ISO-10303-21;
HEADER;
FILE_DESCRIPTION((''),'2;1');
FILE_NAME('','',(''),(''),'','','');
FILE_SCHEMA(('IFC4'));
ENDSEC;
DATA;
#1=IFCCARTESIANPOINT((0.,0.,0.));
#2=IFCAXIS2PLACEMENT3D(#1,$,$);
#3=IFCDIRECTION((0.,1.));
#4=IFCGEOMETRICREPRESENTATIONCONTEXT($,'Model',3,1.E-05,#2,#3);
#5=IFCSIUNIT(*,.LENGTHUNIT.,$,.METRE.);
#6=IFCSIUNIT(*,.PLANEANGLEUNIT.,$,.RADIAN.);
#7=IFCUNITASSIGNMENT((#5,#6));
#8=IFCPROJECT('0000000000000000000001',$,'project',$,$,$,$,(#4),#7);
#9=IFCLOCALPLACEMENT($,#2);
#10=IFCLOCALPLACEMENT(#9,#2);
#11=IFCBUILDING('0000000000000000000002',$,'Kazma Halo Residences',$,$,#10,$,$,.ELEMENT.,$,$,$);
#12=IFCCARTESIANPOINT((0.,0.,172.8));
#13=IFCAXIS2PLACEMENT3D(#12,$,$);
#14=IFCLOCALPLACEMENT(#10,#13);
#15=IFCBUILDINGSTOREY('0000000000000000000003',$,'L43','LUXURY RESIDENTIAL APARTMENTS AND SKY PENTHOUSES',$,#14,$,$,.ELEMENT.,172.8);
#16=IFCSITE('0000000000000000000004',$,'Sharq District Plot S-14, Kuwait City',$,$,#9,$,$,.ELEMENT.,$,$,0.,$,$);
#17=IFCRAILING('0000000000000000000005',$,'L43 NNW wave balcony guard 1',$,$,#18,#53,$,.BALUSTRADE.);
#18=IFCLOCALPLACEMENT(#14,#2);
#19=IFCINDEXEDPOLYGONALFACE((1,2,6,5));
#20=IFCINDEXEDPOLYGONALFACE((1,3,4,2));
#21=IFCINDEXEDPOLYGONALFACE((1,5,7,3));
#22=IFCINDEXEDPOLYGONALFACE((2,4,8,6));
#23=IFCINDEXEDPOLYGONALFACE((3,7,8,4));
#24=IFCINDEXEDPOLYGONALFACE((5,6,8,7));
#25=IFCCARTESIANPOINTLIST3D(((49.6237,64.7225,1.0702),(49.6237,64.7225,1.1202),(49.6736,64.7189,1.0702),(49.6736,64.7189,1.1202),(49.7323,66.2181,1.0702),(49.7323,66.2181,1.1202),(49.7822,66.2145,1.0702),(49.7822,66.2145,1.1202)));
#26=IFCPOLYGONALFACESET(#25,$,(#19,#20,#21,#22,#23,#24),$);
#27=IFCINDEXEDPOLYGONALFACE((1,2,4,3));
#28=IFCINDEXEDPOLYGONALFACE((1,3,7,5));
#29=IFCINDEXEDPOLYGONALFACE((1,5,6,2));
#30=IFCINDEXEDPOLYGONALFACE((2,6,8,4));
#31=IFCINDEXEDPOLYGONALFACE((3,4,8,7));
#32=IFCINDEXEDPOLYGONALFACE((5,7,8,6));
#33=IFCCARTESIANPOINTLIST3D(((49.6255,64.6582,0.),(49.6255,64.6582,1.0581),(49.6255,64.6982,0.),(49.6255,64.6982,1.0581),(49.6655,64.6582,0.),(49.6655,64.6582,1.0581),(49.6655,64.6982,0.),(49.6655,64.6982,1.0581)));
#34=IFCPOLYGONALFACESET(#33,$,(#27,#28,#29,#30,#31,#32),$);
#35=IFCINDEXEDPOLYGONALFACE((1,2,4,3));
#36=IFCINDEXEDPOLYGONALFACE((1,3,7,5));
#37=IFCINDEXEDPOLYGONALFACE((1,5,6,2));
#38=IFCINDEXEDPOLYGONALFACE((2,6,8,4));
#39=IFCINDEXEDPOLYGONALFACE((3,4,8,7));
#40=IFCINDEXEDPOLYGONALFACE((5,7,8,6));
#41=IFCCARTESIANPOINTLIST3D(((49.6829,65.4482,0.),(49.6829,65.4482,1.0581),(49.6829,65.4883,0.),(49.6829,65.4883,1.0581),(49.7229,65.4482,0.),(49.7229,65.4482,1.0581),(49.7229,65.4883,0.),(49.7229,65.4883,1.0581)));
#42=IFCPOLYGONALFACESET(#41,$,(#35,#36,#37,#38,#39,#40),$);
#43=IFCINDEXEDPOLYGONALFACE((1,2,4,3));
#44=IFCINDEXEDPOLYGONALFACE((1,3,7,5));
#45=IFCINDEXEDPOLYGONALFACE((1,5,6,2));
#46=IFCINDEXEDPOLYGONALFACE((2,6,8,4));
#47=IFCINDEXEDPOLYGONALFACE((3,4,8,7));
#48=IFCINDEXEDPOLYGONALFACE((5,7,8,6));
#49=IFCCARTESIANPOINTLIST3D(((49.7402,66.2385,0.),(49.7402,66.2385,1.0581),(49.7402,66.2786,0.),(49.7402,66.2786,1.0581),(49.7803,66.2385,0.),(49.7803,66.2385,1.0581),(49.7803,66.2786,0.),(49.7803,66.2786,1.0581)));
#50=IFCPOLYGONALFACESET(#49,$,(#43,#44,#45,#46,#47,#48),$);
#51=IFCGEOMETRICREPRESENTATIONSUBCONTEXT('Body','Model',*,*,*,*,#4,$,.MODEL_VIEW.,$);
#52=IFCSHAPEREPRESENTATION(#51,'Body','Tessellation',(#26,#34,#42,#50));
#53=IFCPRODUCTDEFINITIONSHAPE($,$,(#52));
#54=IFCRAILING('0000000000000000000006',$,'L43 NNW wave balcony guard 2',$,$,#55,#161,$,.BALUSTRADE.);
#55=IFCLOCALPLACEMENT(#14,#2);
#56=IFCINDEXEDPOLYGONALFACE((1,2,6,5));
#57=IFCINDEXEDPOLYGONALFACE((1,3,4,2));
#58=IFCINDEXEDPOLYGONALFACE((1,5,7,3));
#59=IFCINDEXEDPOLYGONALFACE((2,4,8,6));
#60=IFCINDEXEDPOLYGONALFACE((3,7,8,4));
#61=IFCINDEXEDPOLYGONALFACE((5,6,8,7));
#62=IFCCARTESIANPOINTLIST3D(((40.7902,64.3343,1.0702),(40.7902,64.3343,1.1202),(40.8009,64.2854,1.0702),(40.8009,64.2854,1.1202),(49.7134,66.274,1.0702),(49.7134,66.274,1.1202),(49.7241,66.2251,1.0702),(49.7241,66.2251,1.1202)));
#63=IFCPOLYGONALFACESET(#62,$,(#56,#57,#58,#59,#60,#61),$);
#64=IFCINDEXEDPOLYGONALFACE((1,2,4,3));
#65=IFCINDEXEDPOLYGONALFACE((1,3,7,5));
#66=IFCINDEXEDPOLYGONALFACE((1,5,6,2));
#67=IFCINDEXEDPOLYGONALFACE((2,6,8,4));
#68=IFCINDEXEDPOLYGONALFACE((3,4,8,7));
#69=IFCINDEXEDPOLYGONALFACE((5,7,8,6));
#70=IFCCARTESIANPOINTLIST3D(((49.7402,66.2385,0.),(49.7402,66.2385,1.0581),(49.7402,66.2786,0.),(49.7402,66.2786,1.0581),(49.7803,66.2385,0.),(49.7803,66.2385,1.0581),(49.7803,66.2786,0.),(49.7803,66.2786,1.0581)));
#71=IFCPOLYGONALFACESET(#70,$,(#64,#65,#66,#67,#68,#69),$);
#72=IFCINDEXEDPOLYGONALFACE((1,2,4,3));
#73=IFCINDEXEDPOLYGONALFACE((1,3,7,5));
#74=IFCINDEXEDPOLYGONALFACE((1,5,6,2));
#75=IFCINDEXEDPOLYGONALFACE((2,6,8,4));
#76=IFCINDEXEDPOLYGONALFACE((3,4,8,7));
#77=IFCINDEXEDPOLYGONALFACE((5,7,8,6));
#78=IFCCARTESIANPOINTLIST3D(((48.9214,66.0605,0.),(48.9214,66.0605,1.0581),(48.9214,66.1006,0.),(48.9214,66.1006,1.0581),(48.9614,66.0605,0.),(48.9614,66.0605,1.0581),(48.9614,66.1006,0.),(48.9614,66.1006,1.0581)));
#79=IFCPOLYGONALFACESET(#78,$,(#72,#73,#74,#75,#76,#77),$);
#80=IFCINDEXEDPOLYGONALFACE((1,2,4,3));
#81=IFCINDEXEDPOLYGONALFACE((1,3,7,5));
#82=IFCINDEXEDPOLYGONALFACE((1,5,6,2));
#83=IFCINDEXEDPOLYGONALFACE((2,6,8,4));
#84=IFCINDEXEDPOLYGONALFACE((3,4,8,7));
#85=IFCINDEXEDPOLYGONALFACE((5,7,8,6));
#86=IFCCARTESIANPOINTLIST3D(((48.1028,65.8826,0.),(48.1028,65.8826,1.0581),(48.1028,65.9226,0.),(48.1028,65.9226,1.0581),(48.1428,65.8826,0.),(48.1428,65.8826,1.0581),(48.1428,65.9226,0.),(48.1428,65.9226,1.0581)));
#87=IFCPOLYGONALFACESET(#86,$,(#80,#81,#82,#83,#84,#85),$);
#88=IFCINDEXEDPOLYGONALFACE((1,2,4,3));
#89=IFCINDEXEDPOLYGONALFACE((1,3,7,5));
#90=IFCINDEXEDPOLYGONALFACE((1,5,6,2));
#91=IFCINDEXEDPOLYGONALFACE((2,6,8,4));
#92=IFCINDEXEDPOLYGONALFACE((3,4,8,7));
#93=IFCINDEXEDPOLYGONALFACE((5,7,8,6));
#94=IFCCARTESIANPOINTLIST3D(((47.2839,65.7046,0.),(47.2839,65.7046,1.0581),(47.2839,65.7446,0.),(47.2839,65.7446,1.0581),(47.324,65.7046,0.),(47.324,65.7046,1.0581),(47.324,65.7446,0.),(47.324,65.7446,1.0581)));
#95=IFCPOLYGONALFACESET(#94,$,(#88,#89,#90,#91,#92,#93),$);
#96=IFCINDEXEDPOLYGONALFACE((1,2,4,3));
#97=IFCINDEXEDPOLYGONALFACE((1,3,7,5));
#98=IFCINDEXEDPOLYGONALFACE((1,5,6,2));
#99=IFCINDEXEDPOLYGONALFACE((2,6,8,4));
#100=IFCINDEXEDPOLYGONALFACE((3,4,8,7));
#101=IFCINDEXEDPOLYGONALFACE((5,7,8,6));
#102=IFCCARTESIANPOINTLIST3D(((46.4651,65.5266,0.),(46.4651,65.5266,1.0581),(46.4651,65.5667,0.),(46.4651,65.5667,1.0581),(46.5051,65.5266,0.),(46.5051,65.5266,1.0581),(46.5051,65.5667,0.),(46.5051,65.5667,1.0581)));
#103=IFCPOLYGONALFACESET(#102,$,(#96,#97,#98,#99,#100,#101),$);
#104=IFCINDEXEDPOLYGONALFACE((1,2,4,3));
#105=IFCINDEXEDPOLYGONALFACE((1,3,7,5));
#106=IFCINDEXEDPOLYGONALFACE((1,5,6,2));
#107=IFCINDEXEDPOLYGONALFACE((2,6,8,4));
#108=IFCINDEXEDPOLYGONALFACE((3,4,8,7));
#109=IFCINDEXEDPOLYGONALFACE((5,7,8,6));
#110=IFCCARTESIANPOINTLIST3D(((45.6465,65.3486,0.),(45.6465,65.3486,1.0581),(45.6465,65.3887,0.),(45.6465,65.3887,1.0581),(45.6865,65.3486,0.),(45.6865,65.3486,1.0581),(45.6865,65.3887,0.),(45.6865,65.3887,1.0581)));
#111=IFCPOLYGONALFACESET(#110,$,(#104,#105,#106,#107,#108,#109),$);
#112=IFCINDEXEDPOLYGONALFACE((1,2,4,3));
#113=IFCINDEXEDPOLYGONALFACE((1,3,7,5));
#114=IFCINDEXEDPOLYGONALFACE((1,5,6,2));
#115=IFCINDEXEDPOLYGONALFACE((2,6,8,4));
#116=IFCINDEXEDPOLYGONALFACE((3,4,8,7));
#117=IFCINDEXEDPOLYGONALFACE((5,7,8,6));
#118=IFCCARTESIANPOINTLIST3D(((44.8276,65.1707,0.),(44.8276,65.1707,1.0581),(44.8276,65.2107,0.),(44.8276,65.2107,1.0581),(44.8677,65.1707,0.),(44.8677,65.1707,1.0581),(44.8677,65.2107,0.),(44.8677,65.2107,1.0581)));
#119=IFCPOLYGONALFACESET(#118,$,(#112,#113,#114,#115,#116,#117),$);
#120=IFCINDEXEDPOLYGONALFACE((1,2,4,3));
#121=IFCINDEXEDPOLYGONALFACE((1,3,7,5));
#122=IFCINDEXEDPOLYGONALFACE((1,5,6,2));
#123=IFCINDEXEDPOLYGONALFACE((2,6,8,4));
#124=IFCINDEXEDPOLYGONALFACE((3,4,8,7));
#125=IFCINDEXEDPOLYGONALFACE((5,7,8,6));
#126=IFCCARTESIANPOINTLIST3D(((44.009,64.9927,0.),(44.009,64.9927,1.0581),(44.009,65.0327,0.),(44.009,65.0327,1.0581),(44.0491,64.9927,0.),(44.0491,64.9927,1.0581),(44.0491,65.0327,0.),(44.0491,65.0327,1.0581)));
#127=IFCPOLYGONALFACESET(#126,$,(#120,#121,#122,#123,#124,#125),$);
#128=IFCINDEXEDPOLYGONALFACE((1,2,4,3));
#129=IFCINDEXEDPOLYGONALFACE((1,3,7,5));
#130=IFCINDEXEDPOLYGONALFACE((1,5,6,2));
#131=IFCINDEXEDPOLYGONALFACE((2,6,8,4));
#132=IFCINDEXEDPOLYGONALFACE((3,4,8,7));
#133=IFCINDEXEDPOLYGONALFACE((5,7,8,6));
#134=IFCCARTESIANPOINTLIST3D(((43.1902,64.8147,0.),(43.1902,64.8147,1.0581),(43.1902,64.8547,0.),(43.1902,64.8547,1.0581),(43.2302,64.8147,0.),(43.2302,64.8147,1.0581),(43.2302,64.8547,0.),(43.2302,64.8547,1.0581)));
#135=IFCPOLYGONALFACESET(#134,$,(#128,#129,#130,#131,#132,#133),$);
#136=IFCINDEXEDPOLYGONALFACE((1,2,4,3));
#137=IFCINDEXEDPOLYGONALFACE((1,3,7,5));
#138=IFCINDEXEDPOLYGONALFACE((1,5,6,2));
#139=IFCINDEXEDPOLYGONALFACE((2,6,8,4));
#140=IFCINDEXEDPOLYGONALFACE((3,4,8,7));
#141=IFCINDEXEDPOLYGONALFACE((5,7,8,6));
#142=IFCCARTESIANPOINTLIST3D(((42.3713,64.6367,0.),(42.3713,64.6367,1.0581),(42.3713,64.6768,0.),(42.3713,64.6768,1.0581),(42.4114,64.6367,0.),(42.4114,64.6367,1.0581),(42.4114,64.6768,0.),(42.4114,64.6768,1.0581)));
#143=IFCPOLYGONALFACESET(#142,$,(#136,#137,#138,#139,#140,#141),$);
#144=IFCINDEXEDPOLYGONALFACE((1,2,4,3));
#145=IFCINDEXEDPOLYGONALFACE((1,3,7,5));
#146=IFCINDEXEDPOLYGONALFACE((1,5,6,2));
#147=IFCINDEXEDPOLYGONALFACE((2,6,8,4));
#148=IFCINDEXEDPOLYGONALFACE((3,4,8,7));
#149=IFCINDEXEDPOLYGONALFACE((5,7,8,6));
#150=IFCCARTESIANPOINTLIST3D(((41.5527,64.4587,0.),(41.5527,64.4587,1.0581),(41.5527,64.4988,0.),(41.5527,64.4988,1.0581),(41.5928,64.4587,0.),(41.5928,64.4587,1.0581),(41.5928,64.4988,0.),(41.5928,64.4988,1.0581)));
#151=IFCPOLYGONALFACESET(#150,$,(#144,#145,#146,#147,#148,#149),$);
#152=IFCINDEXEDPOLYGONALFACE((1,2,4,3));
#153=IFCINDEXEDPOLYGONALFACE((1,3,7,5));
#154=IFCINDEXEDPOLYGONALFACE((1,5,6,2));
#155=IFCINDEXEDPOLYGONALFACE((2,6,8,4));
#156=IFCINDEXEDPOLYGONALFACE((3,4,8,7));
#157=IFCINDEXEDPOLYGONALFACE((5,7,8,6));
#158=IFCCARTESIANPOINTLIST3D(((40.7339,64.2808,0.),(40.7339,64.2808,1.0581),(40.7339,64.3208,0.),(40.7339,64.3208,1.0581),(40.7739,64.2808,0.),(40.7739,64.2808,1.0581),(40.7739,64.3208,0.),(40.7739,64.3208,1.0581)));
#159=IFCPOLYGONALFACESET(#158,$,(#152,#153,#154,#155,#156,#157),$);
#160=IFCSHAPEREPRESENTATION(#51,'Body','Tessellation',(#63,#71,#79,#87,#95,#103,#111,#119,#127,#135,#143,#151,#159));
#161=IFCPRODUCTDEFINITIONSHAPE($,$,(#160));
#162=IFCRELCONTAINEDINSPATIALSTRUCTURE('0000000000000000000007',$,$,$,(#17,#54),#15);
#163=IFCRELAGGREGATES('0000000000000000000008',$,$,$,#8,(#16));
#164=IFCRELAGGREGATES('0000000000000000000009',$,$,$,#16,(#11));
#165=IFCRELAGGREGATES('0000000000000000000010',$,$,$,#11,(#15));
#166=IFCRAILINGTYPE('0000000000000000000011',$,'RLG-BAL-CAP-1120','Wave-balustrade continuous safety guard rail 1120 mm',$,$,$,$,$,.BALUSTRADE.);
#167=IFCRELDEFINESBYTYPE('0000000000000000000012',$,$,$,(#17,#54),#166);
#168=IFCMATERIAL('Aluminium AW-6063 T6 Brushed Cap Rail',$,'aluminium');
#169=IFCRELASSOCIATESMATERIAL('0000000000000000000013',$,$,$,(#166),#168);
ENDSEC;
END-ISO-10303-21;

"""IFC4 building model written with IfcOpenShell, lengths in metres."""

from ifc_helpers import new_model, si_unit, direction, frame, origin, origin_2d, place, context, subcontext, project, spatial, rectangle, extrude, material, type_object, element, save


model = new_model("IFC4")

# Units and contexts
model_context = context("Model", 3, precision=1e-05, world=origin(), true_north=direction((0.0, 1.0)))
body_context = subcontext(model_context, "Body", "Model", "MODEL_VIEW")
ifc_project = project(units=[si_unit("LENGTHUNIT", "METRE"), si_unit("PLANEANGLEUNIT", "RADIAN")], contexts=[model_context])

# Site, building, storey
site_placement = place(None, origin())
site = spatial("IfcSite", under=ifc_project, at=site_placement, Name="Sharq District Plot S-14, Kuwait City", CompositionType="ELEMENT", RefElevation=0.0)
building_placement = place(site_placement, origin())
building = spatial("IfcBuilding", under=site, at=building_placement, Name="Kazma Halo Residences", CompositionType="ELEMENT")
storey_placement = place(building_placement, frame((0.0, 0.0, 172.8)))
storey = spatial("IfcBuildingStorey", under=building, at=storey_placement, Name="L43", Description="LUXURY RESIDENTIAL APARTMENTS AND SKY PENTHOUSES", CompositionType="ELEMENT", Elevation=172.8)

# Railings
ifc_material_1 = material(Name="Aluminium AW-6063 T6 Brushed Cap Rail", Category="aluminium")
railing_type = type_object("IfcRailingType", Name="RLG-BAL-CAP-1120", Description="Wave-balustrade continuous safety guard rail 1120 mm", PredefinedType="BALUSTRADE", material=ifc_material_1)
railing_1_placement = place(storey_placement, frame((49.6455, 64.6782, 0.0)))
element("IfcRailing", 1, at=railing_1_placement, inside=storey, type_object=railing_type, Name="L43 NNW wave balcony guard 1", PredefinedType="BALUSTRADE", context=body_context, shape_type="SweptSolid", body=[
    extrude(rectangle(XDim=0.05, YDim=0.05, at=origin_2d()), frame((0.0032, 0.0425, 1.0952), z_axis=(0.072419, 0.997374, 0.0), x_axis=(-0.997374, 0.072419, 0.0)), (0.0, 0.0, 1.0), 1.4995),
    extrude(rectangle(XDim=0.04, YDim=0.04, at=origin_2d()), origin(), (0.0, 0.0, 1.0), 1.0581),
    extrude(rectangle(XDim=0.04, YDim=0.04, at=origin_2d()), frame((0.0574, 0.79, 0.0)), (0.0, 0.0, 1.0), 1.0581),
    extrude(rectangle(XDim=0.04, YDim=0.04, at=origin_2d()), frame((0.1147, 1.5803, 0.0)), (0.0, 0.0, 1.0), 1.0581),
])
railing_2_placement = place(storey_placement, frame((49.7603, 66.2585, 0.0)))
element("IfcRailing", 2, at=railing_2_placement, inside=storey, type_object=railing_type, Name="L43 NNW wave balcony guard 2", PredefinedType="BALUSTRADE", context=body_context, shape_type="SweptSolid", body=[
    extrude(rectangle(XDim=0.05, YDim=0.05, at=origin_2d()), frame((-0.0415, -0.009, 1.0952), z_axis=(-0.977179, -0.212415, 0.0), x_axis=(0.212415, -0.977179, 0.0)), (0.0, 0.0, 1.0), 9.1316),
    extrude(rectangle(XDim=0.04, YDim=0.04, at=origin_2d()), origin(), (0.0, 0.0, 1.0), 1.0581),
    extrude(rectangle(XDim=0.04, YDim=0.04, at=origin_2d()), frame((-0.8188, -0.178, 0.0)), (0.0, 0.0, 1.0), 1.0581),
    extrude(rectangle(XDim=0.04, YDim=0.04, at=origin_2d()), frame((-1.6375, -0.356, 0.0)), (0.0, 0.0, 1.0), 1.0581),
    extrude(rectangle(XDim=0.04, YDim=0.04, at=origin_2d()), frame((-2.4563, -0.5339, 0.0)), (0.0, 0.0, 1.0), 1.0581),
    extrude(rectangle(XDim=0.04, YDim=0.04, at=origin_2d()), frame((-3.2751, -0.7119, 0.0)), (0.0, 0.0, 1.0), 1.0581),
    extrude(rectangle(XDim=0.04, YDim=0.04, at=origin_2d()), frame((-4.0938, -0.8899, 0.0)), (0.0, 0.0, 1.0), 1.0581),
    extrude(rectangle(XDim=0.04, YDim=0.04, at=origin_2d()), frame((-4.9126, -1.0679, 0.0)), (0.0, 0.0, 1.0), 1.0581),
    extrude(rectangle(XDim=0.04, YDim=0.04, at=origin_2d()), frame((-5.7312, -1.2458, 0.0)), (0.0, 0.0, 1.0), 1.0581),
    extrude(rectangle(XDim=0.04, YDim=0.04, at=origin_2d()), frame((-6.55, -1.4238, 0.0)), (0.0, 0.0, 1.0), 1.0581),
    extrude(rectangle(XDim=0.04, YDim=0.04, at=origin_2d()), frame((-7.3689, -1.6018, 0.0)), (0.0, 0.0, 1.0), 1.0581),
    extrude(rectangle(XDim=0.04, YDim=0.04, at=origin_2d()), frame((-8.1875, -1.7798, 0.0)), (0.0, 0.0, 1.0), 1.0581),
    extrude(rectangle(XDim=0.04, YDim=0.04, at=origin_2d()), frame((-9.0063, -1.9578, 0.0)), (0.0, 0.0, 1.0), 1.0581),
])

save(model, "model.ifc")
